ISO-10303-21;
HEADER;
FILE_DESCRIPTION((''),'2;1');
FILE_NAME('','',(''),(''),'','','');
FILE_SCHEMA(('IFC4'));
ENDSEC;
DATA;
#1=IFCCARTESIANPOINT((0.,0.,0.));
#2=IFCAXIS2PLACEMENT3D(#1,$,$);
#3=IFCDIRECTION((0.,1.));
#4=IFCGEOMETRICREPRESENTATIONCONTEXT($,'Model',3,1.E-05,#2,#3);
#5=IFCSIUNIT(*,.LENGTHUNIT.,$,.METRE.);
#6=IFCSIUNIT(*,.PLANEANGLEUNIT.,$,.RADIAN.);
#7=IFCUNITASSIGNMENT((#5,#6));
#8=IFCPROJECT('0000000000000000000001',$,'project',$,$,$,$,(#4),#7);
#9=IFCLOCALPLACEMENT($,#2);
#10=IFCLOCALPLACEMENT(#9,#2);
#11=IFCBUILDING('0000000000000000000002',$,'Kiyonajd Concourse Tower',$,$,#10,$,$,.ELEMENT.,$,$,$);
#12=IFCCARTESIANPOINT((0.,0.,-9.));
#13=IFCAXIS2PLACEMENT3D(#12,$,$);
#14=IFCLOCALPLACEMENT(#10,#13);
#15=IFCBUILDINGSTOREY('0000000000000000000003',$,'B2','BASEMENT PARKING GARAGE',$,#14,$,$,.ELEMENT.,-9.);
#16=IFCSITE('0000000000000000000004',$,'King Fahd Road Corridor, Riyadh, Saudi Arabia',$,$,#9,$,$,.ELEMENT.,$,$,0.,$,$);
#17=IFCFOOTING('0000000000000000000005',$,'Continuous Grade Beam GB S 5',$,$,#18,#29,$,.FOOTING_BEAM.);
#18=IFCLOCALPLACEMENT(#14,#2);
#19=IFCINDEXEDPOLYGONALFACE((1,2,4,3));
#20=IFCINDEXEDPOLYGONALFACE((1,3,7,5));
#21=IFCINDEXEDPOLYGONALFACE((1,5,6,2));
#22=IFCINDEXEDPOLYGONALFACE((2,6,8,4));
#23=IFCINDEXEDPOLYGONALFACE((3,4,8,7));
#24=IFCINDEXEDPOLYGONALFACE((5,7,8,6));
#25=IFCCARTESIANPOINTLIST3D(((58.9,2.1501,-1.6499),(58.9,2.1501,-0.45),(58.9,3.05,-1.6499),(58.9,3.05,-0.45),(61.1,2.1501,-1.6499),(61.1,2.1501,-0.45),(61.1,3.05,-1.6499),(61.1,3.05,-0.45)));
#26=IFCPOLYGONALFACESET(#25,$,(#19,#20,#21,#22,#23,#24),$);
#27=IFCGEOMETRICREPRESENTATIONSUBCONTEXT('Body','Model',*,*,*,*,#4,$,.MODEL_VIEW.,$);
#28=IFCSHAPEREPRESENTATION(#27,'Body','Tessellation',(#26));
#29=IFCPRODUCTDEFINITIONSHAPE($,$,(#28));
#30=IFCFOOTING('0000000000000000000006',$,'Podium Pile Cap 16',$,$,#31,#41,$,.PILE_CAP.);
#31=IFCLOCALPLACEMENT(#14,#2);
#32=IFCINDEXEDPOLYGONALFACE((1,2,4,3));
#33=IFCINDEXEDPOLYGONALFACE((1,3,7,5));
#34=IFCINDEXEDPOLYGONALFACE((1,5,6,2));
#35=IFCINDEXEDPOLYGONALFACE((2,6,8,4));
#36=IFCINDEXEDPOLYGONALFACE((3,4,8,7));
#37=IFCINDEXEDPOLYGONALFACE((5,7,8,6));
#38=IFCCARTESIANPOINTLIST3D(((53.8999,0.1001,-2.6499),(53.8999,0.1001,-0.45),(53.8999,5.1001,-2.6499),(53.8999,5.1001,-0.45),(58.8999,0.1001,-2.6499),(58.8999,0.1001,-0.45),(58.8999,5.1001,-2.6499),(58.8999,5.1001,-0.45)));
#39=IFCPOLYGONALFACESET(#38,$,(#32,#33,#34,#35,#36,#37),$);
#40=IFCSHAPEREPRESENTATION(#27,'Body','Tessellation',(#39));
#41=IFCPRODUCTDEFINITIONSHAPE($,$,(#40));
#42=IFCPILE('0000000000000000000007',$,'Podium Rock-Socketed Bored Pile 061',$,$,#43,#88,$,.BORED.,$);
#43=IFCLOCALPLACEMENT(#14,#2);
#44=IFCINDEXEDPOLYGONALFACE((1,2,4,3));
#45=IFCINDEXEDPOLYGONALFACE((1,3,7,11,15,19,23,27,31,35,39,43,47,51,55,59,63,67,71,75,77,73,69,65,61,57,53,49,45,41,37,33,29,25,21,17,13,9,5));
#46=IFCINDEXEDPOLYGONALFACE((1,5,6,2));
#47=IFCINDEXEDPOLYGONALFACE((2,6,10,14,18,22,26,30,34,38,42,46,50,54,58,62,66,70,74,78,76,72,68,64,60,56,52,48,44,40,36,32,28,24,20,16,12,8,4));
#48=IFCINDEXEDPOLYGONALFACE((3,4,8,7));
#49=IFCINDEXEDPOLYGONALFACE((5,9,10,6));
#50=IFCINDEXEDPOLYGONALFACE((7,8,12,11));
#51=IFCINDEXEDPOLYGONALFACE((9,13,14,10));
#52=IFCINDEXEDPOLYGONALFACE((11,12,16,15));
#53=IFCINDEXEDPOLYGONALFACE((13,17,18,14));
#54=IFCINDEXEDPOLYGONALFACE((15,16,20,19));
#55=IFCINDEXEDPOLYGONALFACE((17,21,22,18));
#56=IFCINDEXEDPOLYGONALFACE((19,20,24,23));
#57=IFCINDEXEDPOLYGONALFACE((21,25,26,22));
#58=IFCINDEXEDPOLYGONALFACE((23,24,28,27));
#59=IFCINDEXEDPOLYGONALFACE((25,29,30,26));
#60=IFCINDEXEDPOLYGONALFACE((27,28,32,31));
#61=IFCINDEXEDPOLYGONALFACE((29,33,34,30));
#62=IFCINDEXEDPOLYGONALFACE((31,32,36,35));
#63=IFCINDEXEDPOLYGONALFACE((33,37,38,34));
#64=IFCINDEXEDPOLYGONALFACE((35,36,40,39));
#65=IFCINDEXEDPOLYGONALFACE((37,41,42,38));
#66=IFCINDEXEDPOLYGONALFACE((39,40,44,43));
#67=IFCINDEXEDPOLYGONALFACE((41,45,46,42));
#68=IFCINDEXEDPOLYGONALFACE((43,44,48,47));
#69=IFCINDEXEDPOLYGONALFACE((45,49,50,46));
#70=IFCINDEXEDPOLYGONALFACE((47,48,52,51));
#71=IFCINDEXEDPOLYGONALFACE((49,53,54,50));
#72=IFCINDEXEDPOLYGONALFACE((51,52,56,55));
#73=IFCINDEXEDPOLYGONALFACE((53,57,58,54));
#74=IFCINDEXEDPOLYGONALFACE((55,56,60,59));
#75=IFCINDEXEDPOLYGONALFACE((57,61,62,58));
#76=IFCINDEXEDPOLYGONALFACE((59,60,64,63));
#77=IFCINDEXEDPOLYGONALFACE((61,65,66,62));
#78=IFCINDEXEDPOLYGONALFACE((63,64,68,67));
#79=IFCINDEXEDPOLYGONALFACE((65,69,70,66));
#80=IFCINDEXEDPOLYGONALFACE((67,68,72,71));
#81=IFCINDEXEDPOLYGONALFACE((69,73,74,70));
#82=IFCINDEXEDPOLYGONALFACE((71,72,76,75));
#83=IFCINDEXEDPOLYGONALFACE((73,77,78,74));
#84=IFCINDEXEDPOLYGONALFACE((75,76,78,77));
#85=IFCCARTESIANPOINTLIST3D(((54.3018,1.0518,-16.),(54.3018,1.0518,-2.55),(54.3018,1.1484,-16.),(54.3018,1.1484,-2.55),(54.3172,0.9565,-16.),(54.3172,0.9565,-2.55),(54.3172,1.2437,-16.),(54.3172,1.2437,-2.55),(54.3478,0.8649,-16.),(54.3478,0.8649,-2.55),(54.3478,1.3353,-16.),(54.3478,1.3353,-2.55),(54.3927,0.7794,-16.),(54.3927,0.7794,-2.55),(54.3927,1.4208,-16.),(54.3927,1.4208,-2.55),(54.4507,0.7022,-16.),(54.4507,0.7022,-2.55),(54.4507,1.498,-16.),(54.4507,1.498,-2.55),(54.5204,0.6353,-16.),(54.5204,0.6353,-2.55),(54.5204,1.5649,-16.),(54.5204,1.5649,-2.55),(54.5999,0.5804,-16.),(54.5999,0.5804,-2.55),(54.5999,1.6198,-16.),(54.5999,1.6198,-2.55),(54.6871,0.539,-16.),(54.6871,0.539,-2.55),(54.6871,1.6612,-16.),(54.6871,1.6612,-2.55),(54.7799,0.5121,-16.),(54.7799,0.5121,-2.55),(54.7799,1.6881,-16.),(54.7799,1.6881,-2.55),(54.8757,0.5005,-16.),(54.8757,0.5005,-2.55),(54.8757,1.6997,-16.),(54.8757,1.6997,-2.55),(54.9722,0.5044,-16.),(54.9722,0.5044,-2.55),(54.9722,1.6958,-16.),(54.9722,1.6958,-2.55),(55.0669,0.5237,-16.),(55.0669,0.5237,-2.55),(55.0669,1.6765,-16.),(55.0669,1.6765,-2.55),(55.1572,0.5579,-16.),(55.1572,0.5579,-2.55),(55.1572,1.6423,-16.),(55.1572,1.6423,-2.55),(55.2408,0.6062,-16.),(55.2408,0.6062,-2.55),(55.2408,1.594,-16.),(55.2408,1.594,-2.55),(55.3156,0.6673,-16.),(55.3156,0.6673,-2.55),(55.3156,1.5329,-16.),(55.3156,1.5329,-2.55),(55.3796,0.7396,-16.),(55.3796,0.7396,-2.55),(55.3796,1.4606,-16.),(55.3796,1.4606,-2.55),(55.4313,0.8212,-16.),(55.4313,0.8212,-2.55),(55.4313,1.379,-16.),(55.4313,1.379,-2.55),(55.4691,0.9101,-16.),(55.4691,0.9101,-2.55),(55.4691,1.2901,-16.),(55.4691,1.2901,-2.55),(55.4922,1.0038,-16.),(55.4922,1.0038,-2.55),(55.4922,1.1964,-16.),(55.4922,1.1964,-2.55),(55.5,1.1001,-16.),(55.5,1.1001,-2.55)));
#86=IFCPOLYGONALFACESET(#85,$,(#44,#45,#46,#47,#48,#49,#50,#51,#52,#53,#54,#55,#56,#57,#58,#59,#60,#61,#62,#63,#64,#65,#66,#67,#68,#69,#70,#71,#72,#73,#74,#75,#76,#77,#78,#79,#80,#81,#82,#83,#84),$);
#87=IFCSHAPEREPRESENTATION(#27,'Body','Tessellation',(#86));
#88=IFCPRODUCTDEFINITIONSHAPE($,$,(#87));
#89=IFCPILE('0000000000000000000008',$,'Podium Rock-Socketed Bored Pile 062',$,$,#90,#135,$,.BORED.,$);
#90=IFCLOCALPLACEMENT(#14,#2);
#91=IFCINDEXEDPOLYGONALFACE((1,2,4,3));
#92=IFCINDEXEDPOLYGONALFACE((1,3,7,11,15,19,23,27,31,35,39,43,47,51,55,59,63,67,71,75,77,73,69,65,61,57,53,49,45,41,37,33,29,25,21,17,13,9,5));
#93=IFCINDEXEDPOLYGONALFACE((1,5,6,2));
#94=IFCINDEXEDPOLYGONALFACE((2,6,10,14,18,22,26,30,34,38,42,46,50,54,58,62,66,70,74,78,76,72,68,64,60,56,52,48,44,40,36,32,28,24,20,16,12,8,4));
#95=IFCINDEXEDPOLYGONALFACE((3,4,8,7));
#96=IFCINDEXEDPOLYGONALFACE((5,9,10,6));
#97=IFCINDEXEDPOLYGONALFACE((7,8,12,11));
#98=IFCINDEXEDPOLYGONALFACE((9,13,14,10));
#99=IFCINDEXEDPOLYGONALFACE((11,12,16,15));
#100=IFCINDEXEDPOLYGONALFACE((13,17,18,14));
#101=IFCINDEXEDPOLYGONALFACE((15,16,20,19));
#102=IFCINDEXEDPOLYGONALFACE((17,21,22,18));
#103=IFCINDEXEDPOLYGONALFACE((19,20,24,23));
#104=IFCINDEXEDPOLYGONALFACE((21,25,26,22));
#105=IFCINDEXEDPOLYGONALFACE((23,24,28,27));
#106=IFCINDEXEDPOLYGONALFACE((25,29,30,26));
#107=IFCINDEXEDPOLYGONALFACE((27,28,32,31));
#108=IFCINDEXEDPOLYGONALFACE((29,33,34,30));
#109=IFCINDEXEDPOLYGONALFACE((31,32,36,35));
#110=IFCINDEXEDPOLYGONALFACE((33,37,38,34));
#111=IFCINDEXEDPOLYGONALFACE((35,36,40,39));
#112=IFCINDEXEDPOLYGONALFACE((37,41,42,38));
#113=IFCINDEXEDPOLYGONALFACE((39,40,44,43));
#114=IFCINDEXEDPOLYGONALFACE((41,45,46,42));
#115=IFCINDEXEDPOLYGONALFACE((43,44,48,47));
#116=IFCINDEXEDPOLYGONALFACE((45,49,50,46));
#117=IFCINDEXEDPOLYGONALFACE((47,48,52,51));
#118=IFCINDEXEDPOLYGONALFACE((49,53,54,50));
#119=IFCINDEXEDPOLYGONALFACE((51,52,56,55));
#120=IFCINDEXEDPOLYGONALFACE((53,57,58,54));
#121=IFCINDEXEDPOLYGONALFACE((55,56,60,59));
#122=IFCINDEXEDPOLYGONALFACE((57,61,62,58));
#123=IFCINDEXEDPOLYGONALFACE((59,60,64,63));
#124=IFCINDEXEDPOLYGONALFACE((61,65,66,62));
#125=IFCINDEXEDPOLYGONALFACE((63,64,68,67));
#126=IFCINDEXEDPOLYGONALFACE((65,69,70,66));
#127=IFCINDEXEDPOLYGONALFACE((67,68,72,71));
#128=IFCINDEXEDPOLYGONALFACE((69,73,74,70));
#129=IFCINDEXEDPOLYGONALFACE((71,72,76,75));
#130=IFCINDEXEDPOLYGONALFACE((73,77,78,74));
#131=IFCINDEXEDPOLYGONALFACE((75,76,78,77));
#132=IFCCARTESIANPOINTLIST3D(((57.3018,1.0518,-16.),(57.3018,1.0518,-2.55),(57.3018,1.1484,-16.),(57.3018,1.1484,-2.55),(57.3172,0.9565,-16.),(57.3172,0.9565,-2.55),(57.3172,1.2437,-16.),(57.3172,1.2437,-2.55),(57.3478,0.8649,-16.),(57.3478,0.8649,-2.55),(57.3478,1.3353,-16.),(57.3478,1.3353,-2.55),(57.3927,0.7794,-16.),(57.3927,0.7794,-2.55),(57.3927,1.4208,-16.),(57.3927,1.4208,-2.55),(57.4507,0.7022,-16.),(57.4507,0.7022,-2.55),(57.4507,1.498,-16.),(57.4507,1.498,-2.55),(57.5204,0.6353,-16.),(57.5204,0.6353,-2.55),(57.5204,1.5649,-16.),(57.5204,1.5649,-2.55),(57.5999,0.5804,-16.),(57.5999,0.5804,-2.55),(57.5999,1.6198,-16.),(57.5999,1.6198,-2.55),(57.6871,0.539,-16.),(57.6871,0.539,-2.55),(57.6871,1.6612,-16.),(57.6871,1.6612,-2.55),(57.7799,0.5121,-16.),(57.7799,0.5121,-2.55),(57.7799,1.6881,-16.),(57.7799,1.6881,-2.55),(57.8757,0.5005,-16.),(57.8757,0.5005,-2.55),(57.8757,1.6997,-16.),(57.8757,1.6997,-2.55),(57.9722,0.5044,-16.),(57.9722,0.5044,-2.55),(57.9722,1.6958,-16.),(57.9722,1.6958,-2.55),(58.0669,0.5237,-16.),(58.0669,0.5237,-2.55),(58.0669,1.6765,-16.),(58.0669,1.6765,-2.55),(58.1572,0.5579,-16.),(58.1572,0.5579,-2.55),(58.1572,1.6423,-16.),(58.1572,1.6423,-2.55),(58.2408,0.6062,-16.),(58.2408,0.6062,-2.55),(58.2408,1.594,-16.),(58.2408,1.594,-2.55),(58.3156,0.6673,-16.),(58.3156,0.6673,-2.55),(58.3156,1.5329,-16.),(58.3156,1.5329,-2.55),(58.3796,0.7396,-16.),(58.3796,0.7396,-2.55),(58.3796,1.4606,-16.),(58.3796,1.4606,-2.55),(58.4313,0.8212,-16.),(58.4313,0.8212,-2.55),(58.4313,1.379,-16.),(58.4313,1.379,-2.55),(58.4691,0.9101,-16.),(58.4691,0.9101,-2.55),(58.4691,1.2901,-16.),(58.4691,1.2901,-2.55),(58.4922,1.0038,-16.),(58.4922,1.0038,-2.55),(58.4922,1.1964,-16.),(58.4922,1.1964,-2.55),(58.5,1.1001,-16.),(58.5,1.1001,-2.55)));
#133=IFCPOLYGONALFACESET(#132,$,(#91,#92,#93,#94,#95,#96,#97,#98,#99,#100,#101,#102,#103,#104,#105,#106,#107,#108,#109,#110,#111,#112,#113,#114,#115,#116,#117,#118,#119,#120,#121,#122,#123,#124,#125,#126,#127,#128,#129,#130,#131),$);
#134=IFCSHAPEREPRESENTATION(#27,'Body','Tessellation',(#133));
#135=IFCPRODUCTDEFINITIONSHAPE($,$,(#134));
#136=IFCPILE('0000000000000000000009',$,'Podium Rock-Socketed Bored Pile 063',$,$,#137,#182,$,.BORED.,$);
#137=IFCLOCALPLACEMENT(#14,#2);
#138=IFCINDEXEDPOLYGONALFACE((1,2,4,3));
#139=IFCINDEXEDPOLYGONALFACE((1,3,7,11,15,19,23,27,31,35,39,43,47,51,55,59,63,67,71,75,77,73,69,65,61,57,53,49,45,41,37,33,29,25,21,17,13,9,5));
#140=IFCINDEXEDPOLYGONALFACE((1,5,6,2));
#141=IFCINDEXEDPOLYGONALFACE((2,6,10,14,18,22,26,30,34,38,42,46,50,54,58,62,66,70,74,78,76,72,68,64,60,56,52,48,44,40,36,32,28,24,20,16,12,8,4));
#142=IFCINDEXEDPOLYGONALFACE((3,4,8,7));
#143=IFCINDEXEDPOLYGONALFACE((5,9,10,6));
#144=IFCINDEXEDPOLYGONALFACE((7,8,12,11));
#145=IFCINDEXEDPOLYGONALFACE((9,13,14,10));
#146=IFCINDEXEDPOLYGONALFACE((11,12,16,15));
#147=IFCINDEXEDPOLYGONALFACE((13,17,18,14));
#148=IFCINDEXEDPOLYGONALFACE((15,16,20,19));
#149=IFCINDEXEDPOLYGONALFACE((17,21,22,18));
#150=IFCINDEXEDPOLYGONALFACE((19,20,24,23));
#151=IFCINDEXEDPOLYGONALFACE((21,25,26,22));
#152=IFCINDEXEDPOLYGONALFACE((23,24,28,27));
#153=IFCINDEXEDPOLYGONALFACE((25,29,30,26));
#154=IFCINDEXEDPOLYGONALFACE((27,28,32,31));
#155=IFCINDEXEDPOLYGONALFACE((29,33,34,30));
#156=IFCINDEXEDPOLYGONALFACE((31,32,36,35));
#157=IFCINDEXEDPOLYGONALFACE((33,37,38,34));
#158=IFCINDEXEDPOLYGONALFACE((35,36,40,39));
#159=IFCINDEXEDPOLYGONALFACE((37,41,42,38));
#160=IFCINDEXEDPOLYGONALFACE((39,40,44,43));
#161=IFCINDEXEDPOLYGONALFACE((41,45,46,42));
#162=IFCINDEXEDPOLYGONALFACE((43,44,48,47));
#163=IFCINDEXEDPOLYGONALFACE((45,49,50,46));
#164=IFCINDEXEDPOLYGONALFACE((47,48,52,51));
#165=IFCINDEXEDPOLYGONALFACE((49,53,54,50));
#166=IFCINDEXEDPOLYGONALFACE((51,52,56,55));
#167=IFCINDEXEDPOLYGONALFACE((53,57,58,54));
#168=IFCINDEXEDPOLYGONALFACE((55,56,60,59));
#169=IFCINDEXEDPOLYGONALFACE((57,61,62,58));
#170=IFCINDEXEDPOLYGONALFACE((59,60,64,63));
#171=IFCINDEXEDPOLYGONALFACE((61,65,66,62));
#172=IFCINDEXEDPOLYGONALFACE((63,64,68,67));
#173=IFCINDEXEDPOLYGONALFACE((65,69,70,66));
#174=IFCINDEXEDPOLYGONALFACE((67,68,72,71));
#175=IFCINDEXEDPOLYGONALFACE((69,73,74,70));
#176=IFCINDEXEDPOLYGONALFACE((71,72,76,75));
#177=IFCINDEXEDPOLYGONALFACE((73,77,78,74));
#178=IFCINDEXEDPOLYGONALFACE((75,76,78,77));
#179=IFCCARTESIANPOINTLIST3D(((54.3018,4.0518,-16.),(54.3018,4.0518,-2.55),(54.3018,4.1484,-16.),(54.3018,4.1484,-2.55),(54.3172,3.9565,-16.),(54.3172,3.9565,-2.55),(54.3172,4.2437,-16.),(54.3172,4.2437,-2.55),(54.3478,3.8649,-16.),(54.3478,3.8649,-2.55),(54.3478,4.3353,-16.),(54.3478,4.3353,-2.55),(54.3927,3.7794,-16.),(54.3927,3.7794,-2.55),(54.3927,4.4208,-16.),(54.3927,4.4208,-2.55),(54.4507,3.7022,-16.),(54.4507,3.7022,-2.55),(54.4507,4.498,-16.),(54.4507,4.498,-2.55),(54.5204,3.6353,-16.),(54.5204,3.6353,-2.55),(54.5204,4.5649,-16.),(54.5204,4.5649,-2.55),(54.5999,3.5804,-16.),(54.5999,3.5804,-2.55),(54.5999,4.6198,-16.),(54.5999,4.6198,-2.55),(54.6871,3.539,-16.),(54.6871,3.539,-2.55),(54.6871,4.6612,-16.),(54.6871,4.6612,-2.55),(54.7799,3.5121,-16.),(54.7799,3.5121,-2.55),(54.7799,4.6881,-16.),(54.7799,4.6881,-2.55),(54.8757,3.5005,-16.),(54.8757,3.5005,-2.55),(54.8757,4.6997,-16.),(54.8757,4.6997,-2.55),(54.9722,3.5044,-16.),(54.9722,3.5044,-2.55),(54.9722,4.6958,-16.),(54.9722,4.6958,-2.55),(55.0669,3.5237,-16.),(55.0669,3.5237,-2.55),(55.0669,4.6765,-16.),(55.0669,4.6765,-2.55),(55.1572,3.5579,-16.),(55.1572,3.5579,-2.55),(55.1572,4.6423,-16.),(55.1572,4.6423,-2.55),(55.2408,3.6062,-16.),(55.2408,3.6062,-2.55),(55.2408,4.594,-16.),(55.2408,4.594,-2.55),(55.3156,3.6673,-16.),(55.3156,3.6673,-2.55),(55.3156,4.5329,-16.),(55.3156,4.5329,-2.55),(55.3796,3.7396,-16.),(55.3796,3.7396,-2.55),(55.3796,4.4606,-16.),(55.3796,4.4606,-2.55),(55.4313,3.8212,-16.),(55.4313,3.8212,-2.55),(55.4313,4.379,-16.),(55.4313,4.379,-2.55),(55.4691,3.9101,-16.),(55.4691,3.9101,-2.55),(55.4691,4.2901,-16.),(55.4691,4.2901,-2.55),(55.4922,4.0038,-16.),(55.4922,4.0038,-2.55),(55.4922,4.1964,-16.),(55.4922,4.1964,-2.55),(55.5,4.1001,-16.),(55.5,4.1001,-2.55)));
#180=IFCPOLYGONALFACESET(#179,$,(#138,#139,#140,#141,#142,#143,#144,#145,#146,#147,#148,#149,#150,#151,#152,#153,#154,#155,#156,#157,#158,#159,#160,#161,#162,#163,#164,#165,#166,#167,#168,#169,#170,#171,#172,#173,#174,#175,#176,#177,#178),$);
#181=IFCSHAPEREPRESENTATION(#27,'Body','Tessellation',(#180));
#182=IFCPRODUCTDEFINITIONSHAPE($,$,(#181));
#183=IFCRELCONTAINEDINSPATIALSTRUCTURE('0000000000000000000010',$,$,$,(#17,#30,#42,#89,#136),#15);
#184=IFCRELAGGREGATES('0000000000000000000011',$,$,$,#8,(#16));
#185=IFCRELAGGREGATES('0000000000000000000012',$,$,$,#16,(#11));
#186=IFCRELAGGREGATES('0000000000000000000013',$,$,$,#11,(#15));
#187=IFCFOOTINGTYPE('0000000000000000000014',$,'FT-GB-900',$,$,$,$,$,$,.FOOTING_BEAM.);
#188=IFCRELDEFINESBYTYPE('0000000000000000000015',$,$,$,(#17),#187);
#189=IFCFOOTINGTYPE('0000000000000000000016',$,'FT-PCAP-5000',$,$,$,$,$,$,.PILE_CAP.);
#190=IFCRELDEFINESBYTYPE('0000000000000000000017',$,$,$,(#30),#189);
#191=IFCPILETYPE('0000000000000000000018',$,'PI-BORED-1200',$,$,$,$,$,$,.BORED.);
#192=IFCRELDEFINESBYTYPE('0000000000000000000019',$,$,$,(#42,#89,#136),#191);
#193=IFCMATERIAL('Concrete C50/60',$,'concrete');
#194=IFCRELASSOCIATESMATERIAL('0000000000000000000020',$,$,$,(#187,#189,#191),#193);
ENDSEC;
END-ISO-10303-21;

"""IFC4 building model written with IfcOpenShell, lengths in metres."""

from ifc_helpers import new_model, si_unit, direction, frame, origin, origin_2d, place, context, subcontext, project, spatial, rectangle, circle, extrude, material, material_profile, profile_set, type_object, element, save


model = new_model("IFC4")

# Units and contexts
model_context = context("Model", 3, precision=1e-05, world=origin(), true_north=direction((0.0, 1.0)))
body_context = subcontext(model_context, "Body", "Model", "MODEL_VIEW")
ifc_project = project(units=[si_unit("LENGTHUNIT", "METRE"), si_unit("PLANEANGLEUNIT", "RADIAN")], contexts=[model_context])

# Site, building, storey
site_placement = place(None, origin())
site = spatial("IfcSite", under=ifc_project, at=site_placement, Name="King Fahd Road Corridor, Riyadh, Saudi Arabia", CompositionType="ELEMENT", RefElevation=0.0)
building_placement = place(site_placement, origin())
building = spatial("IfcBuilding", under=site, at=building_placement, Name="Kiyonajd Concourse Tower", CompositionType="ELEMENT")
storey_placement = place(building_placement, frame((0.0, 0.0, -9.0)))
storey = spatial("IfcBuildingStorey", under=building, at=storey_placement, Name="B2", Description="BASEMENT PARKING GARAGE", CompositionType="ELEMENT", Elevation=-9.0)

# Footings
ifc_material_1 = material(Name="Concrete C50/60", Category="concrete")
footing_type_1 = type_object("IfcFootingType", Name="FT-GB-900", PredefinedType="FOOTING_BEAM", material=ifc_material_1)
footing_1_placement = place(storey_placement, frame((60.0, 2.6001, -1.6499), z_axis=(0.0, 0.0, 1.0), x_axis=(1.0, 0.0, 0.0)))
element("IfcFooting", 1, at=footing_1_placement, inside=storey, type_object=footing_type_1, Name="Continuous Grade Beam GB S 5", PredefinedType="FOOTING_BEAM", context=body_context, shape_type="SweptSolid", body=[
    extrude(rectangle(XDim=2.2, YDim=0.8999, at=origin_2d()), origin(), (0.0, 0.0, 1.0), 1.2),
])
footing_type_2 = type_object("IfcFootingType", Name="FT-PCAP-5000", PredefinedType="PILE_CAP", material=ifc_material_1)
footing_2_placement = place(storey_placement, frame((56.3999, 2.6001, -2.6499), z_axis=(0.0, 0.0, 1.0), x_axis=(1.0, 0.0, 0.0)))
element("IfcFooting", 2, at=footing_2_placement, inside=storey, type_object=footing_type_2, Name="Podium Pile Cap 16", PredefinedType="PILE_CAP", context=body_context, shape_type="SweptSolid", body=[
    extrude(rectangle(XDim=5.0, YDim=5.0, at=origin_2d()), origin(), (0.0, 0.0, 1.0), 2.2),
])

# Piles
ifc_material_profile_1 = material_profile(ifc_material_1, circle(Radius=0.6001, at=origin_2d()), Name="PILE-D1200")
ifc_profile_set_1 = profile_set([ifc_material_profile_1], Name="Concrete C50/60")
pile_type_1 = type_object("IfcPileType", Name="PI-BORED-1200", PredefinedType="BORED", material=ifc_profile_set_1)
for number, where, z_axis, x_axis, name in (
    (3, (54.8999, 1.1001, -2.55), (0.0, 0.0, -1.0), (1.0, 0.0, 0.0), "Podium Rock-Socketed Bored Pile 061"),
    (4, (57.8999, 1.1001, -2.55), (0.0, 0.0, -1.0), (1.0, 0.0, 0.0), "Podium Rock-Socketed Bored Pile 062"),
    (5, (54.8999, 4.1001, -2.55), (0.0, 0.0, -1.0), (1.0, 0.0, 0.0), "Podium Rock-Socketed Bored Pile 063"),
):
    element("IfcPile", number, at=place(storey_placement, frame(where, z_axis=z_axis, x_axis=x_axis)), inside=storey, type_object=pile_type_1, Name=name, PredefinedType="BORED", context=body_context, shape_type="SweptSolid", body=[
        extrude(circle(Radius=0.6001, at=origin_2d()), origin(), (0.0, 0.0, 1.0), 13.45),
    ])

save(model, "model.ifc")
